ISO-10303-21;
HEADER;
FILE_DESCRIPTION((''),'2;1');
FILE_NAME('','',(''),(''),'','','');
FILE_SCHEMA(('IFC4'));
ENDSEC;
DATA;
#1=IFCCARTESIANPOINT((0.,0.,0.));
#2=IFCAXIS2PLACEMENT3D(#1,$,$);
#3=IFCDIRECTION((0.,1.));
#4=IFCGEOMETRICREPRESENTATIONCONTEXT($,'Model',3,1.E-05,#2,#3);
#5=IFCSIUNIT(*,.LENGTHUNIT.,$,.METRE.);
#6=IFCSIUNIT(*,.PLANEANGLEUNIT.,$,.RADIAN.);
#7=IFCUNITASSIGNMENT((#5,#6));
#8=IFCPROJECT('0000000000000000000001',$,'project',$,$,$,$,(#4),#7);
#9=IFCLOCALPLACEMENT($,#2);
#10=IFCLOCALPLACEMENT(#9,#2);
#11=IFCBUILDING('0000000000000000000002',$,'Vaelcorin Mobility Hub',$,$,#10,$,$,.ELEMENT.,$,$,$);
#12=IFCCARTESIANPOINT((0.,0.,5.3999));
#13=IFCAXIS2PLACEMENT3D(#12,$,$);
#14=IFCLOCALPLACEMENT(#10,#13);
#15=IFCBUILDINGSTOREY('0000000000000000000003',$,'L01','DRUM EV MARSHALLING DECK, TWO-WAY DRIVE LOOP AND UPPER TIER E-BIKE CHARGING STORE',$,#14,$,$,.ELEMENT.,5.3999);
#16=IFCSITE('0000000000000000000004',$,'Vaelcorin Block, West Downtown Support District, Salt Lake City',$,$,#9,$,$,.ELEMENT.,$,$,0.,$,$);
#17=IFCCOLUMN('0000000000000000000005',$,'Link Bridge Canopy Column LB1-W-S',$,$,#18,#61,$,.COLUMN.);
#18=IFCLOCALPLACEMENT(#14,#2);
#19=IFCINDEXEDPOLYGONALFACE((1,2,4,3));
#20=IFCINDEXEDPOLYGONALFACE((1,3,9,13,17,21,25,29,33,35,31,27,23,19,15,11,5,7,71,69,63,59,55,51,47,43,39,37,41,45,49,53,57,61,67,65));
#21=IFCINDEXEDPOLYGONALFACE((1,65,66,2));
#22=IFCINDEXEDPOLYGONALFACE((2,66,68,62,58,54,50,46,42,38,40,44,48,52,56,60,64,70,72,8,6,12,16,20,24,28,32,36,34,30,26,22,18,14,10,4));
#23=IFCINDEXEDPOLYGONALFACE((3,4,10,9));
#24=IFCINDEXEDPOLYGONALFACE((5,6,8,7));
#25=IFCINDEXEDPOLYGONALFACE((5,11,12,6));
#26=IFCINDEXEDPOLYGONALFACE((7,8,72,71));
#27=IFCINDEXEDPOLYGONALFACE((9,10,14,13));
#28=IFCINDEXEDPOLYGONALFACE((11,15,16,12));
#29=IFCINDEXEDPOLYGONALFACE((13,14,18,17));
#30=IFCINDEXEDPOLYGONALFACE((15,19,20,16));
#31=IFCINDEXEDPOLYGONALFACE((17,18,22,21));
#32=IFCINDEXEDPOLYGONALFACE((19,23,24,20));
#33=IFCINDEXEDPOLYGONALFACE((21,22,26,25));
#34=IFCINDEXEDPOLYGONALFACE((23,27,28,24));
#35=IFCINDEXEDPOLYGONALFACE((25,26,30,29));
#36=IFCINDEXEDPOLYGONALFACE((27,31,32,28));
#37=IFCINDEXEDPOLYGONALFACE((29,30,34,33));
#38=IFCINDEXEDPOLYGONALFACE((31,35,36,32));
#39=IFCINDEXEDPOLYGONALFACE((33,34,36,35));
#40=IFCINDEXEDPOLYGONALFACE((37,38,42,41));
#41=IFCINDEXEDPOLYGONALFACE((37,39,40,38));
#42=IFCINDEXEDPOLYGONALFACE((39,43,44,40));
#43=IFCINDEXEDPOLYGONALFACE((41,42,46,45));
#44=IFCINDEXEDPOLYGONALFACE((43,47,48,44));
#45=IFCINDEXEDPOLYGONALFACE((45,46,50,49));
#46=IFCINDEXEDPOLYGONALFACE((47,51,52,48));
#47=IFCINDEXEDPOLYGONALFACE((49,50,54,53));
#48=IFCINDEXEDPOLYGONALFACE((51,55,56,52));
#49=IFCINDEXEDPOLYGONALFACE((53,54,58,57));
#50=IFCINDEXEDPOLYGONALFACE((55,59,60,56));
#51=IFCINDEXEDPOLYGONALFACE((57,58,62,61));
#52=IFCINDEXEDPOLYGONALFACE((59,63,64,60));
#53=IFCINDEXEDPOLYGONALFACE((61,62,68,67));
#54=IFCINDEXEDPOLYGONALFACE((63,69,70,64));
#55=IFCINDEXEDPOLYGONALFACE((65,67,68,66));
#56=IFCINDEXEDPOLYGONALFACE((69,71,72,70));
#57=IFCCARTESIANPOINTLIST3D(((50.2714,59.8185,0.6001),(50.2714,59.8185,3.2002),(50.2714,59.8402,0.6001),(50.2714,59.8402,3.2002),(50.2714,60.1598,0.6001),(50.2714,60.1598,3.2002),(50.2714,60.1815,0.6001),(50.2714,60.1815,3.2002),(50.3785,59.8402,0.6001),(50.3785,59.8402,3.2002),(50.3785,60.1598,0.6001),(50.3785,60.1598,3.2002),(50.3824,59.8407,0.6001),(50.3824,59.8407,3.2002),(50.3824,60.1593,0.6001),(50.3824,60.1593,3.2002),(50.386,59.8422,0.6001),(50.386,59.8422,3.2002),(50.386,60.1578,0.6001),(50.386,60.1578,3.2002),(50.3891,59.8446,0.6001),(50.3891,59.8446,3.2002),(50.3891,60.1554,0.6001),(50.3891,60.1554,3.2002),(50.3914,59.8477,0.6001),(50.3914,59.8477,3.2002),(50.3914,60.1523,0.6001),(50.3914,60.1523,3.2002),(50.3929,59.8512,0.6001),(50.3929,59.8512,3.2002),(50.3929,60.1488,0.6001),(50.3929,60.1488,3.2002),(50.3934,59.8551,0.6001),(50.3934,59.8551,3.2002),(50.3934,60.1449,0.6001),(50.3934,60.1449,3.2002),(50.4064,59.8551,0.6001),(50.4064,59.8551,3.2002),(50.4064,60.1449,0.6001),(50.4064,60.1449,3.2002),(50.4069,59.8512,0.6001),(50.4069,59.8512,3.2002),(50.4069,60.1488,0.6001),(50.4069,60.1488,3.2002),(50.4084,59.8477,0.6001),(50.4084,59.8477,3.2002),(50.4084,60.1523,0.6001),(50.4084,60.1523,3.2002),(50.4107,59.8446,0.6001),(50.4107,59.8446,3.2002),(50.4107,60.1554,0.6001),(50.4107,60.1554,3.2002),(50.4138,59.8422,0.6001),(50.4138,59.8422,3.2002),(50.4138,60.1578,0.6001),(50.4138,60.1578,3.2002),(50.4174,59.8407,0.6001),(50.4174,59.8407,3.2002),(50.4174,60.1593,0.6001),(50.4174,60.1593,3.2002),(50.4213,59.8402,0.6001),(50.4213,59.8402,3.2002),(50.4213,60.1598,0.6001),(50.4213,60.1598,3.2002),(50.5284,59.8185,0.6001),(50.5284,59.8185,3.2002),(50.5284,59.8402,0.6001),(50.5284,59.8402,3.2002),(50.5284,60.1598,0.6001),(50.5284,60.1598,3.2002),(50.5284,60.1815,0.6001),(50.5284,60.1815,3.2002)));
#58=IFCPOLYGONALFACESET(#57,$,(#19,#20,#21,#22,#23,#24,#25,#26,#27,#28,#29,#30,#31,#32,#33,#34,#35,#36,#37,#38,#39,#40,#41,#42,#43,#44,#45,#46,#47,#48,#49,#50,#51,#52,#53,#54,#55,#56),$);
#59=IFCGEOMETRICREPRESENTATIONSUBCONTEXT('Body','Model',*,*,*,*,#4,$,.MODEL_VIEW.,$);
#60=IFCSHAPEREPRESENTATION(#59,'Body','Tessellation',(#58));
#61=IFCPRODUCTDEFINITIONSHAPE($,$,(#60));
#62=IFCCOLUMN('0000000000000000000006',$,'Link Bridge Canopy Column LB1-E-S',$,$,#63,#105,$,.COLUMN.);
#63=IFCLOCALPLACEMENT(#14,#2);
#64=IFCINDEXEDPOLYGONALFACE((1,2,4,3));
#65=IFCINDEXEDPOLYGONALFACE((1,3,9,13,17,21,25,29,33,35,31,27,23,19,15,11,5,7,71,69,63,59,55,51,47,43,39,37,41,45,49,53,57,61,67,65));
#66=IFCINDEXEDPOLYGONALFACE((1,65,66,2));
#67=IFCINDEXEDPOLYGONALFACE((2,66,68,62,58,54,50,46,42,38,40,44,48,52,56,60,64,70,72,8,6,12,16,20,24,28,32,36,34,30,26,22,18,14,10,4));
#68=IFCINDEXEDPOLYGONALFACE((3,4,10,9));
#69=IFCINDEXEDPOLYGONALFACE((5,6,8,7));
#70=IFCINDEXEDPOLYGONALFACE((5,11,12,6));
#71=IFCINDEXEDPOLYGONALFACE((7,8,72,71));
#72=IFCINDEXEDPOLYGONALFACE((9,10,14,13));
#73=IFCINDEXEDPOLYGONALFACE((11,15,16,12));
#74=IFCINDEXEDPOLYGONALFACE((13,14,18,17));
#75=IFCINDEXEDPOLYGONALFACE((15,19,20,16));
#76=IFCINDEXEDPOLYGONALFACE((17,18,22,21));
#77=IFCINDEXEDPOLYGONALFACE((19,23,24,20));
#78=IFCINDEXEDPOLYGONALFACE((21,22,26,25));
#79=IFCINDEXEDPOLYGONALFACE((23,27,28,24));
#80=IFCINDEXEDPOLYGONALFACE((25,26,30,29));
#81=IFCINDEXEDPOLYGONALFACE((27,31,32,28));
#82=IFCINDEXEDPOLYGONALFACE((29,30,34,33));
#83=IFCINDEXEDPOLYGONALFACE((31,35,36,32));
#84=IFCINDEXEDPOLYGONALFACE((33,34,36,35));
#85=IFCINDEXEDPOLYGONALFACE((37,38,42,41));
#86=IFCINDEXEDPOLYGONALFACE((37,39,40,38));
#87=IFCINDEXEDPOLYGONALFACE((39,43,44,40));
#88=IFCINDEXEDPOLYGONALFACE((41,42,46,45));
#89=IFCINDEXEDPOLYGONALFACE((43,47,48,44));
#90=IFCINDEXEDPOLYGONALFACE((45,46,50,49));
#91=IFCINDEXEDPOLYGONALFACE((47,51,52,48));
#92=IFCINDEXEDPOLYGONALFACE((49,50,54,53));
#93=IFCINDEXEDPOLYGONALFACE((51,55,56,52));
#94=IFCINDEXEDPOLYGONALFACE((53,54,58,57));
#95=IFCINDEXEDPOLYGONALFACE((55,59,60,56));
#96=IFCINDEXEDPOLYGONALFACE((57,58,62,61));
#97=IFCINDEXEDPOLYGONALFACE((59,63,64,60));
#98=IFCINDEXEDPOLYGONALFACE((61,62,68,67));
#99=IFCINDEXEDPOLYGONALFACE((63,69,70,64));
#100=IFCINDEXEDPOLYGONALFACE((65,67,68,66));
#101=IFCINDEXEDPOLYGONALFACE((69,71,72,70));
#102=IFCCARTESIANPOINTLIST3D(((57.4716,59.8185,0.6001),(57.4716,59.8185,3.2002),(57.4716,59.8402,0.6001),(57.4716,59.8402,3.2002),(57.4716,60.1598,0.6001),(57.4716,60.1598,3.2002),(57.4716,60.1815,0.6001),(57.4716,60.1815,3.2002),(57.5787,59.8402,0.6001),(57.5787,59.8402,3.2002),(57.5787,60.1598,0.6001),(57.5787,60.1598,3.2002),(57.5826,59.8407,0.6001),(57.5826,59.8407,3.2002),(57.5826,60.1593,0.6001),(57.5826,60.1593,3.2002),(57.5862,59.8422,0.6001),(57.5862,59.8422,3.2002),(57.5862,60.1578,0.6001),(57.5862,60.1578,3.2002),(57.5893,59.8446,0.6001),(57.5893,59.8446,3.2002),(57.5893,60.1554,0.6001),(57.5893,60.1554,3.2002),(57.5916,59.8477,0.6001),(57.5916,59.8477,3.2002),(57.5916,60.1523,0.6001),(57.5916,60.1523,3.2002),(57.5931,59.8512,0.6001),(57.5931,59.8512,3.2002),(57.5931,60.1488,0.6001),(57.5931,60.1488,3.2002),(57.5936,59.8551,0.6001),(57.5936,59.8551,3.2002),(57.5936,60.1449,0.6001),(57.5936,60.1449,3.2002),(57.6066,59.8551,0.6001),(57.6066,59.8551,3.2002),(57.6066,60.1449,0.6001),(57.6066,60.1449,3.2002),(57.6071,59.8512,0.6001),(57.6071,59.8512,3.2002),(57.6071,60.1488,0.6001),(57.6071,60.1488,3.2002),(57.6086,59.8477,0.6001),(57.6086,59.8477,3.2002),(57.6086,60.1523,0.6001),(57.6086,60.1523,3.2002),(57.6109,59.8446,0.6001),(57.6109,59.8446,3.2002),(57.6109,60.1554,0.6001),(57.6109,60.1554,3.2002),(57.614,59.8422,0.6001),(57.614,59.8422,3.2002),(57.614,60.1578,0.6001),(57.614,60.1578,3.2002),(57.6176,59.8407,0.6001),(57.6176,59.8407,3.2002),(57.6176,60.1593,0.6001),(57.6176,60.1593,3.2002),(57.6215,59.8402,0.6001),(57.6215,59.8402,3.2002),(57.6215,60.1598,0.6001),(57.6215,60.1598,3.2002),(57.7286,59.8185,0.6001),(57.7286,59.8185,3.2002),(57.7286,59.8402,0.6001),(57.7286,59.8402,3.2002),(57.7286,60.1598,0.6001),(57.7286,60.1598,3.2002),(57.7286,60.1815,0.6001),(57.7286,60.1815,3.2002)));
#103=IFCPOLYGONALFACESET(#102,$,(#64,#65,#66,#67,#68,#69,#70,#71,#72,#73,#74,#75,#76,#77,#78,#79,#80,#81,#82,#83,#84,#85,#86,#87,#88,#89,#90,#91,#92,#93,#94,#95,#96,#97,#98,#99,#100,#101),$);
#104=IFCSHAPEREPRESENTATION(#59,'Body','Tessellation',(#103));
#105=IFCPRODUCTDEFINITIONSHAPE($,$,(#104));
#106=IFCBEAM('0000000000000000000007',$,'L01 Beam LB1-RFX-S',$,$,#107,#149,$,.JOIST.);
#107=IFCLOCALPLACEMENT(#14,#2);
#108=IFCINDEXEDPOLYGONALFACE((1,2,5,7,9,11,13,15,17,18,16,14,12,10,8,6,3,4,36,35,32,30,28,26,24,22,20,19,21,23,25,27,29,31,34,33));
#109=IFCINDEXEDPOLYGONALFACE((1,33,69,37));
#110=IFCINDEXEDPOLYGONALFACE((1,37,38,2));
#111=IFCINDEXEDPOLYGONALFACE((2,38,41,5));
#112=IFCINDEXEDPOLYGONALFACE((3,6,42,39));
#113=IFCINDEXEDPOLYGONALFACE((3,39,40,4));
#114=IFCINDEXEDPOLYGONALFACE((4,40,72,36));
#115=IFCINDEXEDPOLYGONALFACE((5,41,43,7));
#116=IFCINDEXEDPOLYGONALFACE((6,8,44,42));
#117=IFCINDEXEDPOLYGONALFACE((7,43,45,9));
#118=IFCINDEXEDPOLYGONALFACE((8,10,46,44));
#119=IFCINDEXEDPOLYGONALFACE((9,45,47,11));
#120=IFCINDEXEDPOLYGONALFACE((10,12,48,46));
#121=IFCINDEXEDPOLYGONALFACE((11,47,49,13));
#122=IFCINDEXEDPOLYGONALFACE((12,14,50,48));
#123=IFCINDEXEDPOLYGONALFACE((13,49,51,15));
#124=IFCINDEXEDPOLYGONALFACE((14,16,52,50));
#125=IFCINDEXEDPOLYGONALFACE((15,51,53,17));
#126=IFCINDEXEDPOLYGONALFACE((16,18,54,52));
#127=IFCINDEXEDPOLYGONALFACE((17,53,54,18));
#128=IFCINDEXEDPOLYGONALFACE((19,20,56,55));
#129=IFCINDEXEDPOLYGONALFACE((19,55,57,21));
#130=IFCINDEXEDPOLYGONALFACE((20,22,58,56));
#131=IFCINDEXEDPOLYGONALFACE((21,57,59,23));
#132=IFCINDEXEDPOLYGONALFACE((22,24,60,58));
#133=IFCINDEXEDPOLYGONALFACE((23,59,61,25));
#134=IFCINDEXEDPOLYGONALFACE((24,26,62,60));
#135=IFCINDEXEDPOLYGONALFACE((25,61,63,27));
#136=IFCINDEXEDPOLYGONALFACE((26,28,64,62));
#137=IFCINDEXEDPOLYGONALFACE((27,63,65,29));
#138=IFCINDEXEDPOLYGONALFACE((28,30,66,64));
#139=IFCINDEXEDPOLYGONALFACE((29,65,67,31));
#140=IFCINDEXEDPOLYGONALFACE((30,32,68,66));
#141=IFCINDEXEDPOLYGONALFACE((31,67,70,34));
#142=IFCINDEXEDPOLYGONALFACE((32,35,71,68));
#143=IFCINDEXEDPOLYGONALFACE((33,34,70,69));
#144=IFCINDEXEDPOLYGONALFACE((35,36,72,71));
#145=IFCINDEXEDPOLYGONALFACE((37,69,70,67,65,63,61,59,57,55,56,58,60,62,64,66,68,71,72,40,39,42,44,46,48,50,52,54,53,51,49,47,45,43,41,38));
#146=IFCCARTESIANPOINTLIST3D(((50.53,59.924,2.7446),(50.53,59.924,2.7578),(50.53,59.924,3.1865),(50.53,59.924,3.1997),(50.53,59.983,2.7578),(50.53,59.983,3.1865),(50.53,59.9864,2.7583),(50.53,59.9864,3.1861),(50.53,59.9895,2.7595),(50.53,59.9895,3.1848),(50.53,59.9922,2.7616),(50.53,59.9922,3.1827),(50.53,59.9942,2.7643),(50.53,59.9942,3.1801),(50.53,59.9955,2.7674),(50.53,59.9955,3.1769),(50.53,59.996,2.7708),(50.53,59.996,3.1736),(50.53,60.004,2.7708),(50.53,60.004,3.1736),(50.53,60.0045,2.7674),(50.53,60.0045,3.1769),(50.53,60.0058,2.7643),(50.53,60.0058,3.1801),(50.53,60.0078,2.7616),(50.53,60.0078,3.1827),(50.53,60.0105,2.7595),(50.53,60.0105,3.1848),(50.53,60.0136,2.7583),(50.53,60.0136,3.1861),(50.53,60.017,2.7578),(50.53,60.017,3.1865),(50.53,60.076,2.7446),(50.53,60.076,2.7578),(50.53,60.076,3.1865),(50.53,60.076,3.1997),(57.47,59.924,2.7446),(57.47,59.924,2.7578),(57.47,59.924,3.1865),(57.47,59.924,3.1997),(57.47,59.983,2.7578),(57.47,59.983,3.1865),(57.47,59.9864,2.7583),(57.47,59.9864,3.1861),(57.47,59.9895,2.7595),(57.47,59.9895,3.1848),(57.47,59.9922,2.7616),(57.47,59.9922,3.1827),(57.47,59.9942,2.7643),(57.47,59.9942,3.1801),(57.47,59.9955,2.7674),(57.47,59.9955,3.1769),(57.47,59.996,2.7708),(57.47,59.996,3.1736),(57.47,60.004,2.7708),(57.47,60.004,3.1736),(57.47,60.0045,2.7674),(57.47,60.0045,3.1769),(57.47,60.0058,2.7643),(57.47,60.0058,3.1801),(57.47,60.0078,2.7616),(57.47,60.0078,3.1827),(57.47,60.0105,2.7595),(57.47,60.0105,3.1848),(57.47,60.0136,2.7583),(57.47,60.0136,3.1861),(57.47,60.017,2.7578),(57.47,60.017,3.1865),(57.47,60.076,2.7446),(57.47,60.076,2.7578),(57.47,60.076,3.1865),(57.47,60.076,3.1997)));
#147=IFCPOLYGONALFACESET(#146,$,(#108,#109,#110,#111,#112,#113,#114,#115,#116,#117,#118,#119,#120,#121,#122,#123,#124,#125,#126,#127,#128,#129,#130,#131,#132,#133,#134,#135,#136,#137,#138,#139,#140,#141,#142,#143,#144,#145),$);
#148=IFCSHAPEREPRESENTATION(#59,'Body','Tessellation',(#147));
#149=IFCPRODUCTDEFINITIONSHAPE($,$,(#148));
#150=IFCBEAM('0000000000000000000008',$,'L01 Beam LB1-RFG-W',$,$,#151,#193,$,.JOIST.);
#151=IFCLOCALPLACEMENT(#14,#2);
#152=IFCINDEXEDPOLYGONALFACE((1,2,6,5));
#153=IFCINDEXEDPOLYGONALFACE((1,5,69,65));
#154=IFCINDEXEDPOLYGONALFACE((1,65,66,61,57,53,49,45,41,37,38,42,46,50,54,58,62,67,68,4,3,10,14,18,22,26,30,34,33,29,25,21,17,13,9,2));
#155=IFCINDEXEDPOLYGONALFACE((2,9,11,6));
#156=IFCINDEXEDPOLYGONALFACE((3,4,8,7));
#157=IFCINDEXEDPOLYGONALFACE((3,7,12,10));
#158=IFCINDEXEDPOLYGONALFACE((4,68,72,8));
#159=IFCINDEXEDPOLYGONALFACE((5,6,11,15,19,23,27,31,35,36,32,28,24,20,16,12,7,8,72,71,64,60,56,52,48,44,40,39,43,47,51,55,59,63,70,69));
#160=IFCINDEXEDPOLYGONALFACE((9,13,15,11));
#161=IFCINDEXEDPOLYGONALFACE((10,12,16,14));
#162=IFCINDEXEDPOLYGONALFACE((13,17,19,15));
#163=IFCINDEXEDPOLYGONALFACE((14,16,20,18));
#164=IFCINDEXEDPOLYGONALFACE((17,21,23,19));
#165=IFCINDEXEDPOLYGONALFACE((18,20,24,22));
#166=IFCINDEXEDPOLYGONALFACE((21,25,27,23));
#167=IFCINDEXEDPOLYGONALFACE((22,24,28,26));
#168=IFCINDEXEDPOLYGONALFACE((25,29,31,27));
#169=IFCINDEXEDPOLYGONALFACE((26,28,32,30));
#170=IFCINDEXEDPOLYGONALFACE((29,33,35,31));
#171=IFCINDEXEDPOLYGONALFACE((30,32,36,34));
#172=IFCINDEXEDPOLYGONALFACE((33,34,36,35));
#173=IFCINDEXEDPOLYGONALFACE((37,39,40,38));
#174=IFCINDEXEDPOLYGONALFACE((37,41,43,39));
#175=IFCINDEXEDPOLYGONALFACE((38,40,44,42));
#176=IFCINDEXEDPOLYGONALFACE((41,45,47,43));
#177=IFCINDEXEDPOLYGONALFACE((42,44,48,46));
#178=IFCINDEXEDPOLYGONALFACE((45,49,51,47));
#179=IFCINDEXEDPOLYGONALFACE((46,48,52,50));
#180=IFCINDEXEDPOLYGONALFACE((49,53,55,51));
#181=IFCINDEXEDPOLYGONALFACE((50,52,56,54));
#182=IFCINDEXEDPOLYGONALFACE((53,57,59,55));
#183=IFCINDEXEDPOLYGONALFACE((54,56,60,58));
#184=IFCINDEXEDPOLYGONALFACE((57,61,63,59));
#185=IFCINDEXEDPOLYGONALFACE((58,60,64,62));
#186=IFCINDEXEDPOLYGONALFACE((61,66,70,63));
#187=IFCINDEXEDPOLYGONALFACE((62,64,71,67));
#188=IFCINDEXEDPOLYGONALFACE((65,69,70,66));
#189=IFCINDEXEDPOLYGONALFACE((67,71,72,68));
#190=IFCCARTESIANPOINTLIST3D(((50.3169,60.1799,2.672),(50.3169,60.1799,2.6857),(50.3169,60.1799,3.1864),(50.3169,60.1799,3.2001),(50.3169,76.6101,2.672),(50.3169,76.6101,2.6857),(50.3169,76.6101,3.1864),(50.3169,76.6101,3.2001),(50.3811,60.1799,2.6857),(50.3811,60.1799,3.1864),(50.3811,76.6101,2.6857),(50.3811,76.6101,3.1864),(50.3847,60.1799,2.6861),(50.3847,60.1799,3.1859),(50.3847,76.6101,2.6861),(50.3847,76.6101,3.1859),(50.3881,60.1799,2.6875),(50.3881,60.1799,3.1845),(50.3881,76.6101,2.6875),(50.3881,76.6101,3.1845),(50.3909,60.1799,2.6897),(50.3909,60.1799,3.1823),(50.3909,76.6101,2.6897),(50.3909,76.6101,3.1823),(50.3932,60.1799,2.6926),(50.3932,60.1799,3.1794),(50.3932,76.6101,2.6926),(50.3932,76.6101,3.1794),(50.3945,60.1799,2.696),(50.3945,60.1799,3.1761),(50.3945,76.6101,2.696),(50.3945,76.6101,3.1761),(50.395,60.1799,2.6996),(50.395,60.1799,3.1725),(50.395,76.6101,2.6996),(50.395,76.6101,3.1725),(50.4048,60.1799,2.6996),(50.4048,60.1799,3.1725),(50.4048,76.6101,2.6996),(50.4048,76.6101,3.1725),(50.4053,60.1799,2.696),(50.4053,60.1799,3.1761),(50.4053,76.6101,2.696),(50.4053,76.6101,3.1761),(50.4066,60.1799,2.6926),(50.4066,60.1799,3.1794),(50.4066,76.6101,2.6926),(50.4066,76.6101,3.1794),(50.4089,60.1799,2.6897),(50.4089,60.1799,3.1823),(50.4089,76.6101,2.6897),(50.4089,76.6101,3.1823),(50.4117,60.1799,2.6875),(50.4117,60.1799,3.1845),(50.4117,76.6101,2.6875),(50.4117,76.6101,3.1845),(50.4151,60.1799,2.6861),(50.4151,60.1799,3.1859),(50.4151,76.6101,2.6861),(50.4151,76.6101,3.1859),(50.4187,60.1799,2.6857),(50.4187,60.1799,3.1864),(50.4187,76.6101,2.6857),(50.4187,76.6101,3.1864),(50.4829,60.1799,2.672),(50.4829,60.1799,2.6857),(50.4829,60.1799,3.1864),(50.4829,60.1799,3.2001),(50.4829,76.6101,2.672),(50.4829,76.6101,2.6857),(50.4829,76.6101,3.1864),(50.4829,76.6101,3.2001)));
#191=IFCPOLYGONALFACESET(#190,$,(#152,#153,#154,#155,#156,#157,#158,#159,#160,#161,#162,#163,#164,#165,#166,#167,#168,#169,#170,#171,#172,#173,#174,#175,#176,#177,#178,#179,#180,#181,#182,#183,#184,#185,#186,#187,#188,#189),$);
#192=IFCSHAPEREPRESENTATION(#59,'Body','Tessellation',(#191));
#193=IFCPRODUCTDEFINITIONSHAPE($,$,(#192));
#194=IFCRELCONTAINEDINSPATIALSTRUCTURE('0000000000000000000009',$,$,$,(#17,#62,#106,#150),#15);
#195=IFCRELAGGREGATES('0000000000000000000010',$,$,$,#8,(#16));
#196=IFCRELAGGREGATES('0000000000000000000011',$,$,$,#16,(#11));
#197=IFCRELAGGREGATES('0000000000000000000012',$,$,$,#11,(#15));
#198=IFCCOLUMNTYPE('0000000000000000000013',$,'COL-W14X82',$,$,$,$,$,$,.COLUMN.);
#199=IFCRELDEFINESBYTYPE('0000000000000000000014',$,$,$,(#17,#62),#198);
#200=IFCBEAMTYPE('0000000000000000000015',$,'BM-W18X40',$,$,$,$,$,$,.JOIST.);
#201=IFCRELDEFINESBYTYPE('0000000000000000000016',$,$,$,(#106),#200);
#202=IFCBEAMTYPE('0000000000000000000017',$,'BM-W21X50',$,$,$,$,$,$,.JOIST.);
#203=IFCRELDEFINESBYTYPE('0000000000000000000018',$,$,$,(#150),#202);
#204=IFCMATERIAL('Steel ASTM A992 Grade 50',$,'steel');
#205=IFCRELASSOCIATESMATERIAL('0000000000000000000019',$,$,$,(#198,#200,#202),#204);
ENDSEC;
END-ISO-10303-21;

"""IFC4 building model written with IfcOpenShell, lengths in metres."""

from ifc_helpers import new_model, si_unit, direction, frame, origin, origin_2d, place, context, subcontext, project, spatial, i_section, extrude, material, material_profile, profile_set, type_object, element, save


model = new_model("IFC4")

# Units and contexts
model_context = context("Model", 3, precision=1e-05, world=origin(), true_north=direction((0.0, 1.0)))
body_context = subcontext(model_context, "Body", "Model", "MODEL_VIEW")
ifc_project = project(units=[si_unit("LENGTHUNIT", "METRE"), si_unit("PLANEANGLEUNIT", "RADIAN")], contexts=[model_context])

# Site, building, storey
site_placement = place(None, origin())
site = spatial("IfcSite", under=ifc_project, at=site_placement, Name="Vaelcorin Block, West Downtown Support District, Salt Lake City", CompositionType="ELEMENT", RefElevation=0.0)
building_placement = place(site_placement, origin())
building = spatial("IfcBuilding", under=site, at=building_placement, Name="Vaelcorin Mobility Hub", CompositionType="ELEMENT")
storey_placement = place(building_placement, frame((0.0, 0.0, 5.3999)))
storey = spatial("IfcBuildingStorey", under=building, at=storey_placement, Name="L01", Description="DRUM EV MARSHALLING DECK, TWO-WAY DRIVE LOOP AND UPPER TIER E-BIKE CHARGING STORE", CompositionType="ELEMENT", Elevation=5.3999)

# Columns
ifc_material_1 = material(Name="Steel ASTM A992 Grade 50", Category="steel")
ifc_material_profile_1 = material_profile(ifc_material_1, i_section(OverallWidth=0.2571, OverallDepth=0.363, WebThickness=0.0129, FlangeThickness=0.0217, FilletRadius=0.0149, at=origin_2d()), Name="W14X82")
ifc_profile_set_1 = profile_set([ifc_material_profile_1], Name="Steel ASTM A992 Grade 50")
column_type = type_object("IfcColumnType", Name="COL-W14X82", PredefinedType="COLUMN", material=ifc_profile_set_1)
for number, where, z_axis, x_axis, name in (
    (1, (50.3999, 60.0, 0.6001), (0.0, 0.0, 1.0), (1.0, 0.0, 0.0), "Link Bridge Canopy Column LB1-W-S"),
    (2, (57.6001, 60.0, 0.6001), (0.0, 0.0, 1.0), (1.0, 0.0, 0.0), "Link Bridge Canopy Column LB1-E-S"),
):
    element("IfcColumn", number, at=place(storey_placement, frame(where, z_axis=z_axis, x_axis=x_axis)), inside=storey, type_object=column_type, Name=name, PredefinedType="COLUMN", context=body_context, shape_type="SweptSolid", body=[
        extrude(i_section(OverallWidth=0.2571, OverallDepth=0.363, WebThickness=0.0129, FlangeThickness=0.0217, FilletRadius=0.0149, at=origin_2d()), origin(), (0.0, 0.0, 1.0), 2.6001),
    ])

# Beams
ifc_material_profile_2 = material_profile(ifc_material_1, i_section(OverallWidth=0.1521, OverallDepth=0.4551, WebThickness=0.0081, FlangeThickness=0.0132, FilletRadius=0.0129, at=origin_2d()), Name="W18X40")
ifc_profile_set_2 = profile_set([ifc_material_profile_2], Name="Steel ASTM A992 Grade 50")
beam_type_1 = type_object("IfcBeamType", Name="BM-W18X40", PredefinedType="JOIST", material=ifc_profile_set_2)
beam_placement = place(storey_placement, frame((50.53, 60.0, 2.9722), z_axis=(1.0, 0.0, 0.0), x_axis=(0.0, 1.0, 0.0)))
element("IfcBeam", 3, at=beam_placement, inside=storey, type_object=beam_type_1, Name="L01 Beam LB1-RFX-S", PredefinedType="JOIST", context=body_context, shape_type="SweptSolid", body=[
    extrude(i_section(OverallWidth=0.1521, OverallDepth=0.4551, WebThickness=0.0081, FlangeThickness=0.0132, FilletRadius=0.0129, at=origin_2d()), origin(), (0.0, 0.0, 1.0), 6.9399),
])
ifc_material_profile_3 = material_profile(ifc_material_1, i_section(OverallWidth=0.166, OverallDepth=0.5281, WebThickness=0.0098, FlangeThickness=0.0137, FilletRadius=0.0139, at=origin_2d()), Name="W21X50")
ifc_profile_set_3 = profile_set([ifc_material_profile_3], Name="Steel ASTM A992 Grade 50")
beam_type_2 = type_object("IfcBeamType", Name="BM-W21X50", PredefinedType="JOIST", material=ifc_profile_set_3)
for number, where, z_axis, x_axis, name in (
    (4, (50.3999, 60.1799, 2.936), (0.0, 1.0, 0.0), (-1.0, 0.0, 0.0), "L01 Beam LB1-RFG-W"),
):
    element("IfcBeam", number, at=place(storey_placement, frame(where, z_axis=z_axis, x_axis=x_axis)), inside=storey, type_object=beam_type_2, Name=name, PredefinedType="JOIST", context=body_context, shape_type="SweptSolid", body=[
        extrude(i_section(OverallWidth=0.166, OverallDepth=0.5281, WebThickness=0.0098, FlangeThickness=0.0137, FilletRadius=0.0139, at=origin_2d()), origin(), (0.0, 0.0, 1.0), 16.4302),
    ])

save(model, "model.ifc")
